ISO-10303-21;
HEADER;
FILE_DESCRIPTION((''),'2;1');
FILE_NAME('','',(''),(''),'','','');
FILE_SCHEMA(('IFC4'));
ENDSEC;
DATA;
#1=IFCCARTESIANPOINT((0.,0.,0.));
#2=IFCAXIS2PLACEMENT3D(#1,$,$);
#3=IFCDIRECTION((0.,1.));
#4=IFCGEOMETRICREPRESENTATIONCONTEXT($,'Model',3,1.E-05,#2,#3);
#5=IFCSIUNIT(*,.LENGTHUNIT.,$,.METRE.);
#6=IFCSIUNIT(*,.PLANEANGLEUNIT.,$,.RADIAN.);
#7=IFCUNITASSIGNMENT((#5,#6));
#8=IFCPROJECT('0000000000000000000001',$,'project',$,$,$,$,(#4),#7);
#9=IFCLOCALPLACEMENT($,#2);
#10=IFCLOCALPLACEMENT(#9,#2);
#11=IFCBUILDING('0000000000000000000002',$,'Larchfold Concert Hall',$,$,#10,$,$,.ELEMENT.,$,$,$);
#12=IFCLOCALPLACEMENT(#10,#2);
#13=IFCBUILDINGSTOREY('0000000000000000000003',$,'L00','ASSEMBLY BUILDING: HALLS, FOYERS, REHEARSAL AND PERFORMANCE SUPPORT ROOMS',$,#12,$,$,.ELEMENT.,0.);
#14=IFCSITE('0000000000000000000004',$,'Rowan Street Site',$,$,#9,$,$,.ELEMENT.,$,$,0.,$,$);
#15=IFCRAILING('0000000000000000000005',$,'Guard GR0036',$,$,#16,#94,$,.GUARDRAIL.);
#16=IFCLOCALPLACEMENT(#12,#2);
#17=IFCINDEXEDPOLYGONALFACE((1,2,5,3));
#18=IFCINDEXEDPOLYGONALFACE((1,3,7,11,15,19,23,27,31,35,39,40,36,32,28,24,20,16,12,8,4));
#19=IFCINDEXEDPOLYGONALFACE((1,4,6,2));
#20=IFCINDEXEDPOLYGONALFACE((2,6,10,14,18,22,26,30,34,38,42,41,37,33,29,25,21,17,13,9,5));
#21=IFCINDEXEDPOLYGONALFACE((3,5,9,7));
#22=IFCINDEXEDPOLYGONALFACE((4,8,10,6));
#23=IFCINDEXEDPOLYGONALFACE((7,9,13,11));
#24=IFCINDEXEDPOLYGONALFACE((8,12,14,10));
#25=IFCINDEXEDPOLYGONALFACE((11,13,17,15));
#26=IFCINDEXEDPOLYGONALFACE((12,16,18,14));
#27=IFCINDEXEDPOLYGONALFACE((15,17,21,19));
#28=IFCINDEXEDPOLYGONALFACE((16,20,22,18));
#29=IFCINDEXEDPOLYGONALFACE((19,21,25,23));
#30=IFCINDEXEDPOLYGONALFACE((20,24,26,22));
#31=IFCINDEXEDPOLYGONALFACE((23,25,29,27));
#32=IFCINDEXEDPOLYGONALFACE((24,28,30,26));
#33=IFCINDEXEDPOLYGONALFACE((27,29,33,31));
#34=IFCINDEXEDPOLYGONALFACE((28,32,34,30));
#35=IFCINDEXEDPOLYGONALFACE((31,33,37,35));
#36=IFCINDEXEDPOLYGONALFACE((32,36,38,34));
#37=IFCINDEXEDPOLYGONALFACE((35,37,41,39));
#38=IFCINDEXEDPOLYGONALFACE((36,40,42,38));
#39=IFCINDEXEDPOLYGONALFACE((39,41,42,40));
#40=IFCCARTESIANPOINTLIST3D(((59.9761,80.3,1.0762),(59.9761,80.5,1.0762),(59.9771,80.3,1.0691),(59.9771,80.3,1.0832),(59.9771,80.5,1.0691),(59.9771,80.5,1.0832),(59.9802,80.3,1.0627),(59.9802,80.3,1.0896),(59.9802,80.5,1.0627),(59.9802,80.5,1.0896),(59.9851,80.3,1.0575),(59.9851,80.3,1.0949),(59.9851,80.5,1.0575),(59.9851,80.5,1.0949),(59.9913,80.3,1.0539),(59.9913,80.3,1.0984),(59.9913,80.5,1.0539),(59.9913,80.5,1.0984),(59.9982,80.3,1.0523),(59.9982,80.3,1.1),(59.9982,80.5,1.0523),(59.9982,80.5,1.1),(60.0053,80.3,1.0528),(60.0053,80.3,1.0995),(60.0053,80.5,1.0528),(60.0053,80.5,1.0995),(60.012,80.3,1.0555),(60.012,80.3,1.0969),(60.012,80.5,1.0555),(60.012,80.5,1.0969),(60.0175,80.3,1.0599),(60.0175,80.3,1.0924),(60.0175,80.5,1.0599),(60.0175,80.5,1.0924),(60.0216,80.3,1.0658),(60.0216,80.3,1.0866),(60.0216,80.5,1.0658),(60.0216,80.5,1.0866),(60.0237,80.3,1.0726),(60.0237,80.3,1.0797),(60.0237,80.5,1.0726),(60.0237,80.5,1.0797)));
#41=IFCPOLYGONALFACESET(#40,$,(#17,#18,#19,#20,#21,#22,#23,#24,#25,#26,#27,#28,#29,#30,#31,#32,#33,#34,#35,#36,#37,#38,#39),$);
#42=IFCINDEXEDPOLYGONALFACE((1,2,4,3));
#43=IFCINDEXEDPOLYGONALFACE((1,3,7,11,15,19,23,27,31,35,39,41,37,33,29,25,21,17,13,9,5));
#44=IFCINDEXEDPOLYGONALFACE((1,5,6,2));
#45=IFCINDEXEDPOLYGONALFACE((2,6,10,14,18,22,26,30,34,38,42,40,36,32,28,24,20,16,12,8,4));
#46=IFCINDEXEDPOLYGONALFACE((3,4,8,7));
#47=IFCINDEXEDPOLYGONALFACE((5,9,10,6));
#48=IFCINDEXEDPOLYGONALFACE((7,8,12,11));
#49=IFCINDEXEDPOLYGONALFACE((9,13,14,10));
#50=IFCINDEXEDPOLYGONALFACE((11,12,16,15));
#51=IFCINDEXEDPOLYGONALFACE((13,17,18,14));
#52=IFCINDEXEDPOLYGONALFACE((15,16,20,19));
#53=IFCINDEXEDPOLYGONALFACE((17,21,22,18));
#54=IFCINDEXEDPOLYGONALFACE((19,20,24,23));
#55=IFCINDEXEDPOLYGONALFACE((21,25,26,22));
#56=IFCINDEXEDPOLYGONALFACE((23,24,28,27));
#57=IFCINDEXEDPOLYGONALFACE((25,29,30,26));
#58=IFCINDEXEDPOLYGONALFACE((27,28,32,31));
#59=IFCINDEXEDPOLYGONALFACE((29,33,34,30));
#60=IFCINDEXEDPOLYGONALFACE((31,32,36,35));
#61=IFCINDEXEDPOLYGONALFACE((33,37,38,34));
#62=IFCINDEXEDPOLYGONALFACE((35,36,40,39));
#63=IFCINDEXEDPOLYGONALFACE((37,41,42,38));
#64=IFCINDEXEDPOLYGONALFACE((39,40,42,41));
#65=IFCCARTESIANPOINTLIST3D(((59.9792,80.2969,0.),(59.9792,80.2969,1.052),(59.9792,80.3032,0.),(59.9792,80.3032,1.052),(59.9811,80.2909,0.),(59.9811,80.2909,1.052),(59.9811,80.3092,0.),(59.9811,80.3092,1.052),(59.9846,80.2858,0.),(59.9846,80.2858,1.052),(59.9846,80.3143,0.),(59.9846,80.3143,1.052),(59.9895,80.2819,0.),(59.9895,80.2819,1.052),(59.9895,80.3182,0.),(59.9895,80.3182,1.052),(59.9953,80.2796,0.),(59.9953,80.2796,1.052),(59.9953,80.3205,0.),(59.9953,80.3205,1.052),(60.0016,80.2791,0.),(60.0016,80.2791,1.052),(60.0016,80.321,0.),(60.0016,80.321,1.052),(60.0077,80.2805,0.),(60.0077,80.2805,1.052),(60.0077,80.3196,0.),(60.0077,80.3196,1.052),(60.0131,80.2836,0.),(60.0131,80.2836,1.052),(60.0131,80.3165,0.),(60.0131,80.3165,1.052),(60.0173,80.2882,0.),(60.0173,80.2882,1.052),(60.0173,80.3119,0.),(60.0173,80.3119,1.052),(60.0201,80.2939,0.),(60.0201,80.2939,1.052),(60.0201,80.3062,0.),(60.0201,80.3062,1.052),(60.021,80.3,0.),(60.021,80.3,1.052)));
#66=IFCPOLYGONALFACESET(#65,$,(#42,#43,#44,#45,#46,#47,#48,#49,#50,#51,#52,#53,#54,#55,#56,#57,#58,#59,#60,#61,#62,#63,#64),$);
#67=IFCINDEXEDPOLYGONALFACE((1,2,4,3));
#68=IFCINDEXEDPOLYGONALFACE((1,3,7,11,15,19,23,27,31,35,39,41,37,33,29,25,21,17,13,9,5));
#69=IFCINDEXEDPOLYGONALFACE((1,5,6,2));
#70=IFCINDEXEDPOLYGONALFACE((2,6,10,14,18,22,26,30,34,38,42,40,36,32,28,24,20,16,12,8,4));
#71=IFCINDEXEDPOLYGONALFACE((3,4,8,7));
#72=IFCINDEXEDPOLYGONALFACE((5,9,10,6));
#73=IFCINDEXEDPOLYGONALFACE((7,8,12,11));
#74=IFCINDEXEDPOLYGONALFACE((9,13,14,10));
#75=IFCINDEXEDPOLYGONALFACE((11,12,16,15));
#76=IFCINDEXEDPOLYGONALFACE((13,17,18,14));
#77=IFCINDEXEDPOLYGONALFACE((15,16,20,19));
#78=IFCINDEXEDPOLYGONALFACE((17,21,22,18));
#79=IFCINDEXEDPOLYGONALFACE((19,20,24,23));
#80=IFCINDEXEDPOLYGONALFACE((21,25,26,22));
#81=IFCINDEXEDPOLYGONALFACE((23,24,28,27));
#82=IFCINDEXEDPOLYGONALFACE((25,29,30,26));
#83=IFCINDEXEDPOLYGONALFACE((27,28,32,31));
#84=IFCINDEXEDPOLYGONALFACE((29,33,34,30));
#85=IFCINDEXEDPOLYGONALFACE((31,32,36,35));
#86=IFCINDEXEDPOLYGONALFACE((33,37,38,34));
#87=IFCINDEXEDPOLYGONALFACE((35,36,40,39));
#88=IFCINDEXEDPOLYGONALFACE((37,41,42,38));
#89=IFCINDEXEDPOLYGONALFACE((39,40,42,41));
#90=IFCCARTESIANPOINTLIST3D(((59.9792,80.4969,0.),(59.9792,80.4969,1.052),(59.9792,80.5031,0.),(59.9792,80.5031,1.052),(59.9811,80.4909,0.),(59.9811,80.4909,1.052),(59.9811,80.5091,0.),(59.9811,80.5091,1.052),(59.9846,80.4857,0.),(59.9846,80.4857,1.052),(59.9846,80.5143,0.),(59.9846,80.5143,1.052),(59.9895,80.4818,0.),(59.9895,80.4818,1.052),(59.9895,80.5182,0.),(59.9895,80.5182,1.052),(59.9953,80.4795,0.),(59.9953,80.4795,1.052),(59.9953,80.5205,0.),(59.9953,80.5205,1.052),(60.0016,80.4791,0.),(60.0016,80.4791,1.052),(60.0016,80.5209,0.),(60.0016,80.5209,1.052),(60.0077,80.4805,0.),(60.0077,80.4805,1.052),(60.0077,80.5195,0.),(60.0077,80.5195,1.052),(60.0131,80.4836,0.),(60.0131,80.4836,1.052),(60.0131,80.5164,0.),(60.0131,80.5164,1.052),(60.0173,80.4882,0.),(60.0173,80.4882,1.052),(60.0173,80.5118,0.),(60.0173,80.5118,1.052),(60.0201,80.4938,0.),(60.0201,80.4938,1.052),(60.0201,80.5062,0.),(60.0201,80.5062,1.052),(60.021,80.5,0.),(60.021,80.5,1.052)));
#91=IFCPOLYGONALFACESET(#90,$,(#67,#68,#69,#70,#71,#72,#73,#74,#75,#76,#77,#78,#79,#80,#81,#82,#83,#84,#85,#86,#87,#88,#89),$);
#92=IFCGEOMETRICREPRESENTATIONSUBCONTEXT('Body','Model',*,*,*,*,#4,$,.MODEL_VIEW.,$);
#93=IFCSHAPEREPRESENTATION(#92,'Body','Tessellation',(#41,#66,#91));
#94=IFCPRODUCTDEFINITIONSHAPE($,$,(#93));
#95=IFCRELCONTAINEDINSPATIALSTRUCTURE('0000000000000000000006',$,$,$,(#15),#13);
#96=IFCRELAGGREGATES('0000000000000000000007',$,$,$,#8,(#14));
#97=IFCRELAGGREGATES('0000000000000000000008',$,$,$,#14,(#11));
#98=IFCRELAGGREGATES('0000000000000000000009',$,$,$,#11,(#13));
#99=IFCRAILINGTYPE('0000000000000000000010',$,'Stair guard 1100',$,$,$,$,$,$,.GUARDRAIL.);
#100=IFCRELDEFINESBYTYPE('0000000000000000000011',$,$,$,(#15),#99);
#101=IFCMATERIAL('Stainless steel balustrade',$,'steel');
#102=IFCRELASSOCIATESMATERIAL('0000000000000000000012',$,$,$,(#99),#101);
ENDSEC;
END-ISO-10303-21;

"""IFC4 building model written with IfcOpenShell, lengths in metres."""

from ifc_helpers import new_model, si_unit, direction, frame, origin, origin_2d, place, context, subcontext, project, spatial, circle, extrude, material, type_object, element, save


model = new_model("IFC4")

# Units and contexts
model_context = context("Model", 3, precision=1e-05, world=origin(), true_north=direction((0.0, 1.0)))
body_context = subcontext(model_context, "Body", "Model", "MODEL_VIEW")
ifc_project = project(units=[si_unit("LENGTHUNIT", "METRE"), si_unit("PLANEANGLEUNIT", "RADIAN")], contexts=[model_context])

# Site, building, storey
site_placement = place(None, origin())
site = spatial("IfcSite", under=ifc_project, at=site_placement, Name="Rowan Street Site", CompositionType="ELEMENT", RefElevation=0.0)
building_placement = place(site_placement, origin())
building = spatial("IfcBuilding", under=site, at=building_placement, Name="Larchfold Concert Hall", CompositionType="ELEMENT")
storey_placement = place(building_placement, origin())
storey = spatial("IfcBuildingStorey", under=building, at=storey_placement, Name="L00", Description="ASSEMBLY BUILDING: HALLS, FOYERS, REHEARSAL AND PERFORMANCE SUPPORT ROOMS", CompositionType="ELEMENT", Elevation=0.0)

# Railing
ifc_material_1 = material(Name="Stainless steel balustrade", Category="steel")
railing_type_1 = type_object("IfcRailingType", Name="Stair guard 1100", PredefinedType="GUARDRAIL", material=ifc_material_1)
railing_1_placement = place(storey_placement, frame((60.0, 80.3, 0.0)))
element("IfcRailing", 1, at=railing_1_placement, inside=storey, type_object=railing_type_1, Name="Guard GR0036", PredefinedType="GUARDRAIL", context=body_context, shape_type="SweptSolid", body=[
    extrude(circle(Radius=0.0239, at=origin_2d()), frame((0.0, 0.0, 1.0762), z_axis=(0.0, 1.0, 0.0), x_axis=(-1.0, 0.0, 0.0)), (0.0, 0.0, 1.0), 0.2),
    extrude(circle(Radius=0.021, at=origin_2d()), origin(), (0.0, 0.0, 1.0), 1.052),
    extrude(circle(Radius=0.021, at=origin_2d()), frame((0.0, 0.2, 0.0)), (0.0, 0.0, 1.0), 1.052),
])

save(model, "model.ifc")
